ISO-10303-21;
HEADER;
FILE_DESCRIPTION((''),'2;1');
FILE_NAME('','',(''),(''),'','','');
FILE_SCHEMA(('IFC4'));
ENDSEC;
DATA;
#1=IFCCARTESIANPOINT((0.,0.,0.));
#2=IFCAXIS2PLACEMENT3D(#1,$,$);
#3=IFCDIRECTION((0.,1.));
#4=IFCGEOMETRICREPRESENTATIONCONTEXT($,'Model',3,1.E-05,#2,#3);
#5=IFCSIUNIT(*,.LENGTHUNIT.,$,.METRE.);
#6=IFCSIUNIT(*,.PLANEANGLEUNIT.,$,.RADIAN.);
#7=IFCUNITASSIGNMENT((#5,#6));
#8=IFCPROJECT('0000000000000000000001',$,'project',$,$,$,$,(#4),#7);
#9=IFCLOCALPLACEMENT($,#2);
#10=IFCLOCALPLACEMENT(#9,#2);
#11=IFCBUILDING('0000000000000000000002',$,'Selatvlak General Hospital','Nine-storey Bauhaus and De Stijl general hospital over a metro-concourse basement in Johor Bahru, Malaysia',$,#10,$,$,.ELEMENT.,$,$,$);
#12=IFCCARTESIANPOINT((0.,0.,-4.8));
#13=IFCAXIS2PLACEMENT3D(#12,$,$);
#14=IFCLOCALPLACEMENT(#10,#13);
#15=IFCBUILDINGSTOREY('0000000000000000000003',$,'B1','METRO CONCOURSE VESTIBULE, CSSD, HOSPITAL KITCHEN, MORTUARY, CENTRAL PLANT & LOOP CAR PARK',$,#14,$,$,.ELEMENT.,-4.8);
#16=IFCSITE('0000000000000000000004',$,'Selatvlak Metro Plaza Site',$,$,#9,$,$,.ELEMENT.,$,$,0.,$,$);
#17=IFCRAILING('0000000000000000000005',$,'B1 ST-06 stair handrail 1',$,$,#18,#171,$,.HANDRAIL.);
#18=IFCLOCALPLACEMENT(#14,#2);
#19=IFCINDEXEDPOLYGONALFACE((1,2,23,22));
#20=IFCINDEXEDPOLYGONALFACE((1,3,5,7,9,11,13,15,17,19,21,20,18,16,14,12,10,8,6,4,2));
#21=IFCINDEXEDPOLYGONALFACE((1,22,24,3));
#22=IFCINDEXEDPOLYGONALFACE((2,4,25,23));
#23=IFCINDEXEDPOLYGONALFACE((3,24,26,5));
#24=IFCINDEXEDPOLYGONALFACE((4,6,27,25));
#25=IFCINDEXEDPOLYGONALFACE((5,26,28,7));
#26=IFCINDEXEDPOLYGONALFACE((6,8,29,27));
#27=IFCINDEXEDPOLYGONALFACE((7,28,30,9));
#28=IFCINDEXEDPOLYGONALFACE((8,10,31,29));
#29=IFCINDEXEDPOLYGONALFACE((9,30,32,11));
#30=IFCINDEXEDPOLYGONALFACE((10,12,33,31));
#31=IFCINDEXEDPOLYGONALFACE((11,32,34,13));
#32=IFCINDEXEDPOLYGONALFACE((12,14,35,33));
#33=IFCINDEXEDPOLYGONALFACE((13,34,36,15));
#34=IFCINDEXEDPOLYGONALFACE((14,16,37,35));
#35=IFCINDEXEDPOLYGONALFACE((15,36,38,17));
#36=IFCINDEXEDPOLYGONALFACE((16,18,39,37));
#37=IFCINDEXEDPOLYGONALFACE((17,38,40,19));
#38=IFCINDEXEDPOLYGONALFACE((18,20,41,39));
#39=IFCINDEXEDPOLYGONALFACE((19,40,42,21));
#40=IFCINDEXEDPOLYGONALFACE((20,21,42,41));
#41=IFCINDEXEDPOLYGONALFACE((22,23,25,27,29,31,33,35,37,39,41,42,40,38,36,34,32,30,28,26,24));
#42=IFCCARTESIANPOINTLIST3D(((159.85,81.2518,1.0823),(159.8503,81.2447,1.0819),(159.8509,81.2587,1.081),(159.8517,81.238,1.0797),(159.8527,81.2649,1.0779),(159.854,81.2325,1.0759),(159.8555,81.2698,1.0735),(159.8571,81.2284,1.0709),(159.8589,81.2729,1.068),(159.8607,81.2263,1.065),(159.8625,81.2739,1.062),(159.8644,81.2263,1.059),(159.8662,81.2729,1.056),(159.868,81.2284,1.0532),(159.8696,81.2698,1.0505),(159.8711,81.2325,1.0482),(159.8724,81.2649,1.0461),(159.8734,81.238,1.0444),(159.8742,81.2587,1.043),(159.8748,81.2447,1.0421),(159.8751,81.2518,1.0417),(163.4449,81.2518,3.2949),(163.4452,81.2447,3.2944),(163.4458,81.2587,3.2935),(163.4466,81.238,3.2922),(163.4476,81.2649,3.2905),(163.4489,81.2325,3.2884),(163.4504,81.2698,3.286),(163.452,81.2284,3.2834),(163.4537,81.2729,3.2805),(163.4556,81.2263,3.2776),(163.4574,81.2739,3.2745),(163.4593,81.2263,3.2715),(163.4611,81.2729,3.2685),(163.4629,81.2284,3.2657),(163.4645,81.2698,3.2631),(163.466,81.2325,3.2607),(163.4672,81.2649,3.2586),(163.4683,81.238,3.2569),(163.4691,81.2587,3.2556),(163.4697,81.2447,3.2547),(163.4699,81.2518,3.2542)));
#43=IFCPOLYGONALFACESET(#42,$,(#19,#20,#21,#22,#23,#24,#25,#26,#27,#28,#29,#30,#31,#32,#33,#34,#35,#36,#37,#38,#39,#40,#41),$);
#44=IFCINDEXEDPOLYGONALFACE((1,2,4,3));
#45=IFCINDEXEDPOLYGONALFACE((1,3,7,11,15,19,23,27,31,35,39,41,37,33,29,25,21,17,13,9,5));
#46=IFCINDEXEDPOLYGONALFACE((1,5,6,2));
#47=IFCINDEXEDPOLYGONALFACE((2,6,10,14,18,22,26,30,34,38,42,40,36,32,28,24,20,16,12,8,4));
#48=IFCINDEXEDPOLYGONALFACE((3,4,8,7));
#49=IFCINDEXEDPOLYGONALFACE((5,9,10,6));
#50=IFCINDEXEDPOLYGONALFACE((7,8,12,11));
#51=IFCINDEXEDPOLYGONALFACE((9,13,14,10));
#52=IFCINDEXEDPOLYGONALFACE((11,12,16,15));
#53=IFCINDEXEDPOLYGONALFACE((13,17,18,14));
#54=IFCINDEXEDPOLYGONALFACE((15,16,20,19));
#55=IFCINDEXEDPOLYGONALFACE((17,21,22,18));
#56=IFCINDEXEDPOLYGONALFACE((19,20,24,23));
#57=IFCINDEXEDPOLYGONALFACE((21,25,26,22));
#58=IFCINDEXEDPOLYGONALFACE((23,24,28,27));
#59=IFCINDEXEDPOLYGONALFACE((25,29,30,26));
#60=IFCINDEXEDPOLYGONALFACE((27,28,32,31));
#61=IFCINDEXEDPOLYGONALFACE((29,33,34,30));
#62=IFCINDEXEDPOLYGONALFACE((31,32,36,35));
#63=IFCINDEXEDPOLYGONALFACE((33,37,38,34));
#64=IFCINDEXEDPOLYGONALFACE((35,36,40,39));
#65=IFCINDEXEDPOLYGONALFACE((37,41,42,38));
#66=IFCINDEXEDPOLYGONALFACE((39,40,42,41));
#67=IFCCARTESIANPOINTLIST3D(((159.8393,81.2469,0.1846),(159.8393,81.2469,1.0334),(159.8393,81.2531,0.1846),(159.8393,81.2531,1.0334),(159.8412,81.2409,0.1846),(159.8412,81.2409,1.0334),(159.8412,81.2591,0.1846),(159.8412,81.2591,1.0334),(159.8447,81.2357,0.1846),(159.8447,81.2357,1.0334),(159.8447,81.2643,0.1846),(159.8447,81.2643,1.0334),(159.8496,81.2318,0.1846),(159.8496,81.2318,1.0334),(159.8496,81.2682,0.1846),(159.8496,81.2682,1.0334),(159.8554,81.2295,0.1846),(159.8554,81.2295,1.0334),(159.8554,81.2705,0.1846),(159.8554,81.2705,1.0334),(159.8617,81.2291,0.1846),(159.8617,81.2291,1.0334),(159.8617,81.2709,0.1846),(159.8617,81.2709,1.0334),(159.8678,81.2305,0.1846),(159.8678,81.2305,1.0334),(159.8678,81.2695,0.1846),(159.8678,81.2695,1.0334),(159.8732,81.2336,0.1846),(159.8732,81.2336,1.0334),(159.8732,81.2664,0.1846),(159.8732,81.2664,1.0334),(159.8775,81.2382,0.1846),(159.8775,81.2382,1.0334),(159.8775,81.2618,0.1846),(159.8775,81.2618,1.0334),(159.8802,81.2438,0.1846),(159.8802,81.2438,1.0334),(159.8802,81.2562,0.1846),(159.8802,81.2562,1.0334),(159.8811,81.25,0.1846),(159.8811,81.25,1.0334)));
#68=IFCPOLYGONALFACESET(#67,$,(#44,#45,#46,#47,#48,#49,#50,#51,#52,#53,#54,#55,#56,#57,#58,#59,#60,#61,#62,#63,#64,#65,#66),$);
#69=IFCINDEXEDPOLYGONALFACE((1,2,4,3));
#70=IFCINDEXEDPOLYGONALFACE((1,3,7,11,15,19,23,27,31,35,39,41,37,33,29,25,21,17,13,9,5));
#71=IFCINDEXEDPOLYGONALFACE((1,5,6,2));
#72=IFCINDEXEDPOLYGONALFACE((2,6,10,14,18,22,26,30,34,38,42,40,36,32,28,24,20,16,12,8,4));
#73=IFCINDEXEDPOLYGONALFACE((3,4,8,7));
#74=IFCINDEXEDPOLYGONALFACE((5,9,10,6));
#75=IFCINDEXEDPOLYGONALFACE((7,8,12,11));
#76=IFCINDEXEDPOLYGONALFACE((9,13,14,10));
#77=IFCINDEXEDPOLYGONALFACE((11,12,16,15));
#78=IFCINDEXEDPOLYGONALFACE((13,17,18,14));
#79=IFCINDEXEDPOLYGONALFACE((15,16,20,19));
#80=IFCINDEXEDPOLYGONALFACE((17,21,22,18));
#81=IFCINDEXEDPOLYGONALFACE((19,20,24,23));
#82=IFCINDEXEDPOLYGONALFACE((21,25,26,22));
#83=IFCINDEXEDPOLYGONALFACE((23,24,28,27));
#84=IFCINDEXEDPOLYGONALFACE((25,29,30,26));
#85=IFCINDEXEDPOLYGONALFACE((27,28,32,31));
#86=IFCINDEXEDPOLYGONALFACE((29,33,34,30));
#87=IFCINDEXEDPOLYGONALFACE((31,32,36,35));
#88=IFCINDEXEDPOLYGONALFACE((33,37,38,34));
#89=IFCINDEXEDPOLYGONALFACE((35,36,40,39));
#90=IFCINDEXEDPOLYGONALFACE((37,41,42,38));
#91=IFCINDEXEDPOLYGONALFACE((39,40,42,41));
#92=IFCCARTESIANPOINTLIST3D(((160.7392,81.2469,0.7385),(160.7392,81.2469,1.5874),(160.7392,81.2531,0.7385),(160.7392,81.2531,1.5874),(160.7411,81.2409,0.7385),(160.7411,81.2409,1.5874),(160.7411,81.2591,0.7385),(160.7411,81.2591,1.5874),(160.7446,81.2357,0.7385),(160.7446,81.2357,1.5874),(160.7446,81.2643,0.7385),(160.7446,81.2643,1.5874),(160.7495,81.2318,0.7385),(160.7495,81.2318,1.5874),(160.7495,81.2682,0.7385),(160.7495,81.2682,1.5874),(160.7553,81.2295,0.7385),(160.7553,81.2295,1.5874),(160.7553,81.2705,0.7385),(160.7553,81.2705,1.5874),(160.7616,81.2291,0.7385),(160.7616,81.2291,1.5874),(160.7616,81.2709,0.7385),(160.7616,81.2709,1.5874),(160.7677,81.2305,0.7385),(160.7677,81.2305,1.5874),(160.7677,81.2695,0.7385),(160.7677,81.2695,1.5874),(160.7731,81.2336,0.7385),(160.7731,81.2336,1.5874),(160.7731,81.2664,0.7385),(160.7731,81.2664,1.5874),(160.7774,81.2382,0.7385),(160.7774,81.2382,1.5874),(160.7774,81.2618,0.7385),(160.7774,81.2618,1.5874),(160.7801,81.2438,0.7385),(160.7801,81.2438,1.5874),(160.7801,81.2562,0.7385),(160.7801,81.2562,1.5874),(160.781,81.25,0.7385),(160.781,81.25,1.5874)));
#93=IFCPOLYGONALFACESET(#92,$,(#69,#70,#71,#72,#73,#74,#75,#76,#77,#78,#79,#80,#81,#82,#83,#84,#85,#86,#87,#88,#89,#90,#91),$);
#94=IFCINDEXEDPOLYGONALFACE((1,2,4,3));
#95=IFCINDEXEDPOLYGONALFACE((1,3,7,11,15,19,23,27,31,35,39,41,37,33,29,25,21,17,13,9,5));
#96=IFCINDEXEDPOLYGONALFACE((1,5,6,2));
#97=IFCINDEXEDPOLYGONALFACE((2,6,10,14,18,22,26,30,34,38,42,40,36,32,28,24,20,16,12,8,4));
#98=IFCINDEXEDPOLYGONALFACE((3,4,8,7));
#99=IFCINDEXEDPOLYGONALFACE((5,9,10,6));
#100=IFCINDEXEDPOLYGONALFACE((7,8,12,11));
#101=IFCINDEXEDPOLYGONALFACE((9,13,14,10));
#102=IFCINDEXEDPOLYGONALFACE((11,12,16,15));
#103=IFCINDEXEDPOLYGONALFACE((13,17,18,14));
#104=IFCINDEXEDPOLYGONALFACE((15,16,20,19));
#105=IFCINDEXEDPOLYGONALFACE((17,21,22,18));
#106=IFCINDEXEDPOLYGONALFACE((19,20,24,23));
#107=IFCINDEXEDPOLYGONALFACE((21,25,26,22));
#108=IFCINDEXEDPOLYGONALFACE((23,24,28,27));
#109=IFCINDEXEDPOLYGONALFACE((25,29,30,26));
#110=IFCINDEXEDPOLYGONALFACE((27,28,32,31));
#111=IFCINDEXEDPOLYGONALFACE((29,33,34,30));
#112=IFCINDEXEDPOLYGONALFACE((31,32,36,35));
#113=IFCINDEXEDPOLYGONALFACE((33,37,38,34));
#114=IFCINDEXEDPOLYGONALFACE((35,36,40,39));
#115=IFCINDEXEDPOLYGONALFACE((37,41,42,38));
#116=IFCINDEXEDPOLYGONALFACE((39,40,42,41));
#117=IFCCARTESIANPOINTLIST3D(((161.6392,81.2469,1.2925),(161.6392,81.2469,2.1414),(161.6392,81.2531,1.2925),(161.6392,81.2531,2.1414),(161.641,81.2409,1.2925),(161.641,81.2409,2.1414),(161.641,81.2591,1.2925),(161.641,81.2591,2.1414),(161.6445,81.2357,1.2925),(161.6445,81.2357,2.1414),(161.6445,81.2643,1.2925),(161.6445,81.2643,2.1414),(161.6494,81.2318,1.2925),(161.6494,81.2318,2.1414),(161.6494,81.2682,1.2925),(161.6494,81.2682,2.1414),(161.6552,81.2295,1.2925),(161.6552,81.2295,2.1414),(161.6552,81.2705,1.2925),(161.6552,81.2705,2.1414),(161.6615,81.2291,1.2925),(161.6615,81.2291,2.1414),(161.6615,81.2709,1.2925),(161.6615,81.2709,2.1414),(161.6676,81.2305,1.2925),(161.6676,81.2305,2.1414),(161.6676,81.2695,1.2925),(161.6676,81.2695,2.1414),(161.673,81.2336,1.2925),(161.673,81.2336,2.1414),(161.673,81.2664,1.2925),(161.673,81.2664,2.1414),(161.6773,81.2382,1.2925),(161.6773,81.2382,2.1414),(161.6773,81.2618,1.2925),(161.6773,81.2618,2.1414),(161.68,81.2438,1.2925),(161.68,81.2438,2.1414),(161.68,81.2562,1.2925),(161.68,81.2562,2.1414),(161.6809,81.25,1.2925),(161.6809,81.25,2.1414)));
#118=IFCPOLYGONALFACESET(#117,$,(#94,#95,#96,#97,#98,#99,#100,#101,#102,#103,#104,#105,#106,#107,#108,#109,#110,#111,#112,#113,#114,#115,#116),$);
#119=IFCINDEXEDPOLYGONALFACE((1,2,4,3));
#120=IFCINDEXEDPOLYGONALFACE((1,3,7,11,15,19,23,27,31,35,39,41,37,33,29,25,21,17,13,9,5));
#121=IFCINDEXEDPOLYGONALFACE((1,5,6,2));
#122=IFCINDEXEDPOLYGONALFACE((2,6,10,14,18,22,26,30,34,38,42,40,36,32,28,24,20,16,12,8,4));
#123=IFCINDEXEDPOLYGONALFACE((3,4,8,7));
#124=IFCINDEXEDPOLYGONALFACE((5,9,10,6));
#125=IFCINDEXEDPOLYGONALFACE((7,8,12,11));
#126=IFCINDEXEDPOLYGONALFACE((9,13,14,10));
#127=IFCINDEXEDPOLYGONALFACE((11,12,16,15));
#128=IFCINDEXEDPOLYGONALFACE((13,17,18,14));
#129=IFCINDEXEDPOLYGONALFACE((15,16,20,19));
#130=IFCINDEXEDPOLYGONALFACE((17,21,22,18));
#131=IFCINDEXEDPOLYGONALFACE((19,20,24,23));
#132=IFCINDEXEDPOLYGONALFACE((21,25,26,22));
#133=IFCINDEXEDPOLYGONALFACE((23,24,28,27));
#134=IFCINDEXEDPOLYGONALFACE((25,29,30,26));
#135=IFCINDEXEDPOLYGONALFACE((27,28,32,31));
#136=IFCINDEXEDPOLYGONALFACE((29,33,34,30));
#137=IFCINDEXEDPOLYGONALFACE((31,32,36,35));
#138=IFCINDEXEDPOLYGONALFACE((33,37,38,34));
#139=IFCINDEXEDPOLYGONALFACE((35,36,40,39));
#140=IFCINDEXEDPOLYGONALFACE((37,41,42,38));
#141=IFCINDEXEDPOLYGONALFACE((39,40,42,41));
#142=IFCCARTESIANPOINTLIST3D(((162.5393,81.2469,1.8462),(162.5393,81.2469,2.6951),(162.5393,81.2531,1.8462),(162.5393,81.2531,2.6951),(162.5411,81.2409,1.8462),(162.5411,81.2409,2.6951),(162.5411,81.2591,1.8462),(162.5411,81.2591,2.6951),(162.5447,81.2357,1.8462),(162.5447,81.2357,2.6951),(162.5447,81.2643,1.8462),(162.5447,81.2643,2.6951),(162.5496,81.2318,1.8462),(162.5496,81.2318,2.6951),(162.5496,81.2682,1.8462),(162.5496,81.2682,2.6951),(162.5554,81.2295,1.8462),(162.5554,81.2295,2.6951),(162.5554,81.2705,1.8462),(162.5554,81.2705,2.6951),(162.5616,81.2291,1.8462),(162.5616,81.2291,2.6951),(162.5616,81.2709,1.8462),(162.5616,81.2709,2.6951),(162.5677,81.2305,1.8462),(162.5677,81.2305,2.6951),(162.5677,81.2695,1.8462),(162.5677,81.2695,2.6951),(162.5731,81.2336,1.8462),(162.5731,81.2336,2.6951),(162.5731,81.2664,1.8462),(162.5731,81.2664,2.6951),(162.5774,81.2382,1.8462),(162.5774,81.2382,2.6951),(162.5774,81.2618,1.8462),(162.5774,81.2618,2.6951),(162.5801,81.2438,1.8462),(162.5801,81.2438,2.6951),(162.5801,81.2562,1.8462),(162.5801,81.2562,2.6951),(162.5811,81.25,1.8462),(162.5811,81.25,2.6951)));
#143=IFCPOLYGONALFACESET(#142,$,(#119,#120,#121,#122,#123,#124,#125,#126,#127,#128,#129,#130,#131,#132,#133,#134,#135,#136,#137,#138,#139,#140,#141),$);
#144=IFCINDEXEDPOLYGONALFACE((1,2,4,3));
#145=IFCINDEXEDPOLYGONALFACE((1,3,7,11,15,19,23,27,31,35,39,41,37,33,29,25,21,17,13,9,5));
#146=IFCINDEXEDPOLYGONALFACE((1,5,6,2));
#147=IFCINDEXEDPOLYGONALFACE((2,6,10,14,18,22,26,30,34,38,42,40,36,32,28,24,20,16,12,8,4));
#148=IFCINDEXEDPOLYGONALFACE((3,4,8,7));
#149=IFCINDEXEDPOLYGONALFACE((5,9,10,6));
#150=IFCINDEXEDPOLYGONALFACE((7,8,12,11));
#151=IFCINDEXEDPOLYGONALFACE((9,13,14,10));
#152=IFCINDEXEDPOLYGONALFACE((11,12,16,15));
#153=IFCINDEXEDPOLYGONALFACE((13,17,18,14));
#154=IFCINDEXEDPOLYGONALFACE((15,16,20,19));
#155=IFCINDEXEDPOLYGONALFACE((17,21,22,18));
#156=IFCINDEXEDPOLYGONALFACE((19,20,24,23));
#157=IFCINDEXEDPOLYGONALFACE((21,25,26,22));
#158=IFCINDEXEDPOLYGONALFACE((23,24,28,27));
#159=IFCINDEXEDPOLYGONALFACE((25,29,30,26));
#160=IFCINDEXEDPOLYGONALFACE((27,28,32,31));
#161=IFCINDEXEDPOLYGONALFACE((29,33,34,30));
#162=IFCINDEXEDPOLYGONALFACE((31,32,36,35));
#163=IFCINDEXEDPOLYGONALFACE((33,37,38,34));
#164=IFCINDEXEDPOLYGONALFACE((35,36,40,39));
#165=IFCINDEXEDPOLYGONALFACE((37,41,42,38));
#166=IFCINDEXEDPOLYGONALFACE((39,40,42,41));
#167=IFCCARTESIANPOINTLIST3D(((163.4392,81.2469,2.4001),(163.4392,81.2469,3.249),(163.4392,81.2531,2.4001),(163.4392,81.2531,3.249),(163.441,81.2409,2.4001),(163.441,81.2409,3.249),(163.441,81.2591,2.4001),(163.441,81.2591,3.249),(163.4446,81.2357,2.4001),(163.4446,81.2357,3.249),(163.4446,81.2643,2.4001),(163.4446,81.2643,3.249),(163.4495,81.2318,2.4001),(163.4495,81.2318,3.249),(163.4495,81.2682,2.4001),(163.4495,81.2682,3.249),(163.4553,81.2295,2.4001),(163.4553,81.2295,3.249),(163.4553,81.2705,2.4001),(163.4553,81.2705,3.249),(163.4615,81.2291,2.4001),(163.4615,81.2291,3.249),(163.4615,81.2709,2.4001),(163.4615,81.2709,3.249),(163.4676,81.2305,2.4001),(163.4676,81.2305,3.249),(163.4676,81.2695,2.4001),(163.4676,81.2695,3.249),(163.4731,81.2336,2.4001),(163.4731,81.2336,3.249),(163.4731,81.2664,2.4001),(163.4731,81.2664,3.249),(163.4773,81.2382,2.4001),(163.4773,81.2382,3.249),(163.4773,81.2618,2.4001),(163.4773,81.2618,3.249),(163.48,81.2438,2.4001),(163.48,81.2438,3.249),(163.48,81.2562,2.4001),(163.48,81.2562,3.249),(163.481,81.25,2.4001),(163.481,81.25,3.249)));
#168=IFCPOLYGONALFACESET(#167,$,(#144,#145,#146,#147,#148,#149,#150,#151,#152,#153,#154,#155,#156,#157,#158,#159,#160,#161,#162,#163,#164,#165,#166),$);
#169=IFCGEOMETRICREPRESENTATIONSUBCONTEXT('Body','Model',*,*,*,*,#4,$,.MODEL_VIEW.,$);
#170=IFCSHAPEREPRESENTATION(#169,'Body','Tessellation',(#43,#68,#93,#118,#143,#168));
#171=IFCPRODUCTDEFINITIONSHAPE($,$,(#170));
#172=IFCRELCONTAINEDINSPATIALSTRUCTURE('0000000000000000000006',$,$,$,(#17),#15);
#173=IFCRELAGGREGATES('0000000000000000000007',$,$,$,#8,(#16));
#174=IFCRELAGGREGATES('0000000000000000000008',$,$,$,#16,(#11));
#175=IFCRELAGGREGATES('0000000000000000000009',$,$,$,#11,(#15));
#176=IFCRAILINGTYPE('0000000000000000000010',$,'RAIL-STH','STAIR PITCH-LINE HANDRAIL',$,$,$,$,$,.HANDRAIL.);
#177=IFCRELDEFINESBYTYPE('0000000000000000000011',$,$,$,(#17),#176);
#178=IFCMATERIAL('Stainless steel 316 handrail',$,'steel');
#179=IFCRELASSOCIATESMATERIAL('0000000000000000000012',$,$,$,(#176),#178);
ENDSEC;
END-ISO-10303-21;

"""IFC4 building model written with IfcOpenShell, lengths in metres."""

from ifc_helpers import new_model, si_unit, direction, frame, origin, origin_2d, place, context, subcontext, project, spatial, circle, extrude, material, type_object, element, save


model = new_model("IFC4")

# Units and contexts
model_context = context("Model", 3, precision=1e-05, world=origin(), true_north=direction((0.0, 1.0)))
body_context = subcontext(model_context, "Body", "Model", "MODEL_VIEW")
ifc_project = project(units=[si_unit("LENGTHUNIT", "METRE"), si_unit("PLANEANGLEUNIT", "RADIAN")], contexts=[model_context])

# Site, building, storey
site_placement = place(None, origin())
site = spatial("IfcSite", under=ifc_project, at=site_placement, Name="Selatvlak Metro Plaza Site", CompositionType="ELEMENT", RefElevation=0.0)
building_placement = place(site_placement, origin())
building = spatial("IfcBuilding", under=site, at=building_placement, Name="Selatvlak General Hospital", Description="Nine-storey Bauhaus and De Stijl general hospital over a metro-concourse basement in Johor Bahru, Malaysia", CompositionType="ELEMENT")
storey_placement = place(building_placement, frame((0.0, 0.0, -4.8)))
storey = spatial("IfcBuildingStorey", under=building, at=storey_placement, Name="B1", Description="METRO CONCOURSE VESTIBULE, CSSD, HOSPITAL KITCHEN, MORTUARY, CENTRAL PLANT & LOOP CAR PARK", CompositionType="ELEMENT", Elevation=-4.8)

# Railing
ifc_material_1 = material(Name="Stainless steel 316 handrail", Category="steel")
railing_type_1 = type_object("IfcRailingType", Name="RAIL-STH", Description="STAIR PITCH-LINE HANDRAIL", PredefinedType="HANDRAIL", material=ifc_material_1)
railing_1_placement = place(storey_placement, frame((159.8601, 81.25, 0.1846)))
element("IfcRailing", 1, at=railing_1_placement, inside=storey, type_object=railing_type_1, Name="B1 ST-06 stair handrail 1", PredefinedType="HANDRAIL", context=body_context, shape_type="SweptSolid", body=[
    extrude(circle(Radius=0.0239, at=origin_2d()), frame((0.0024, 0.0, 0.8774), z_axis=(0.851629, 0.0, 0.524146), x_axis=(0.0, 1.0, 0.0)), (0.0, 0.0, 1.0), 4.2212),
    extrude(circle(Radius=0.021, at=origin_2d()), origin(), (0.0, 0.0, 1.0), 0.8489),
    extrude(circle(Radius=0.021, at=origin_2d()), frame((0.8999, 0.0, 0.554)), (0.0, 0.0, 1.0), 0.8489),
    extrude(circle(Radius=0.021, at=origin_2d()), frame((1.7998, 0.0, 1.1079)), (0.0, 0.0, 1.0), 0.8489),
    extrude(circle(Radius=0.021, at=origin_2d()), frame((2.7, 0.0, 1.6616)), (0.0, 0.0, 1.0), 0.8489),
    extrude(circle(Radius=0.021, at=origin_2d()), frame((3.5999, 0.0, 2.2156)), (0.0, 0.0, 1.0), 0.8489),
])

save(model, "model.ifc")
